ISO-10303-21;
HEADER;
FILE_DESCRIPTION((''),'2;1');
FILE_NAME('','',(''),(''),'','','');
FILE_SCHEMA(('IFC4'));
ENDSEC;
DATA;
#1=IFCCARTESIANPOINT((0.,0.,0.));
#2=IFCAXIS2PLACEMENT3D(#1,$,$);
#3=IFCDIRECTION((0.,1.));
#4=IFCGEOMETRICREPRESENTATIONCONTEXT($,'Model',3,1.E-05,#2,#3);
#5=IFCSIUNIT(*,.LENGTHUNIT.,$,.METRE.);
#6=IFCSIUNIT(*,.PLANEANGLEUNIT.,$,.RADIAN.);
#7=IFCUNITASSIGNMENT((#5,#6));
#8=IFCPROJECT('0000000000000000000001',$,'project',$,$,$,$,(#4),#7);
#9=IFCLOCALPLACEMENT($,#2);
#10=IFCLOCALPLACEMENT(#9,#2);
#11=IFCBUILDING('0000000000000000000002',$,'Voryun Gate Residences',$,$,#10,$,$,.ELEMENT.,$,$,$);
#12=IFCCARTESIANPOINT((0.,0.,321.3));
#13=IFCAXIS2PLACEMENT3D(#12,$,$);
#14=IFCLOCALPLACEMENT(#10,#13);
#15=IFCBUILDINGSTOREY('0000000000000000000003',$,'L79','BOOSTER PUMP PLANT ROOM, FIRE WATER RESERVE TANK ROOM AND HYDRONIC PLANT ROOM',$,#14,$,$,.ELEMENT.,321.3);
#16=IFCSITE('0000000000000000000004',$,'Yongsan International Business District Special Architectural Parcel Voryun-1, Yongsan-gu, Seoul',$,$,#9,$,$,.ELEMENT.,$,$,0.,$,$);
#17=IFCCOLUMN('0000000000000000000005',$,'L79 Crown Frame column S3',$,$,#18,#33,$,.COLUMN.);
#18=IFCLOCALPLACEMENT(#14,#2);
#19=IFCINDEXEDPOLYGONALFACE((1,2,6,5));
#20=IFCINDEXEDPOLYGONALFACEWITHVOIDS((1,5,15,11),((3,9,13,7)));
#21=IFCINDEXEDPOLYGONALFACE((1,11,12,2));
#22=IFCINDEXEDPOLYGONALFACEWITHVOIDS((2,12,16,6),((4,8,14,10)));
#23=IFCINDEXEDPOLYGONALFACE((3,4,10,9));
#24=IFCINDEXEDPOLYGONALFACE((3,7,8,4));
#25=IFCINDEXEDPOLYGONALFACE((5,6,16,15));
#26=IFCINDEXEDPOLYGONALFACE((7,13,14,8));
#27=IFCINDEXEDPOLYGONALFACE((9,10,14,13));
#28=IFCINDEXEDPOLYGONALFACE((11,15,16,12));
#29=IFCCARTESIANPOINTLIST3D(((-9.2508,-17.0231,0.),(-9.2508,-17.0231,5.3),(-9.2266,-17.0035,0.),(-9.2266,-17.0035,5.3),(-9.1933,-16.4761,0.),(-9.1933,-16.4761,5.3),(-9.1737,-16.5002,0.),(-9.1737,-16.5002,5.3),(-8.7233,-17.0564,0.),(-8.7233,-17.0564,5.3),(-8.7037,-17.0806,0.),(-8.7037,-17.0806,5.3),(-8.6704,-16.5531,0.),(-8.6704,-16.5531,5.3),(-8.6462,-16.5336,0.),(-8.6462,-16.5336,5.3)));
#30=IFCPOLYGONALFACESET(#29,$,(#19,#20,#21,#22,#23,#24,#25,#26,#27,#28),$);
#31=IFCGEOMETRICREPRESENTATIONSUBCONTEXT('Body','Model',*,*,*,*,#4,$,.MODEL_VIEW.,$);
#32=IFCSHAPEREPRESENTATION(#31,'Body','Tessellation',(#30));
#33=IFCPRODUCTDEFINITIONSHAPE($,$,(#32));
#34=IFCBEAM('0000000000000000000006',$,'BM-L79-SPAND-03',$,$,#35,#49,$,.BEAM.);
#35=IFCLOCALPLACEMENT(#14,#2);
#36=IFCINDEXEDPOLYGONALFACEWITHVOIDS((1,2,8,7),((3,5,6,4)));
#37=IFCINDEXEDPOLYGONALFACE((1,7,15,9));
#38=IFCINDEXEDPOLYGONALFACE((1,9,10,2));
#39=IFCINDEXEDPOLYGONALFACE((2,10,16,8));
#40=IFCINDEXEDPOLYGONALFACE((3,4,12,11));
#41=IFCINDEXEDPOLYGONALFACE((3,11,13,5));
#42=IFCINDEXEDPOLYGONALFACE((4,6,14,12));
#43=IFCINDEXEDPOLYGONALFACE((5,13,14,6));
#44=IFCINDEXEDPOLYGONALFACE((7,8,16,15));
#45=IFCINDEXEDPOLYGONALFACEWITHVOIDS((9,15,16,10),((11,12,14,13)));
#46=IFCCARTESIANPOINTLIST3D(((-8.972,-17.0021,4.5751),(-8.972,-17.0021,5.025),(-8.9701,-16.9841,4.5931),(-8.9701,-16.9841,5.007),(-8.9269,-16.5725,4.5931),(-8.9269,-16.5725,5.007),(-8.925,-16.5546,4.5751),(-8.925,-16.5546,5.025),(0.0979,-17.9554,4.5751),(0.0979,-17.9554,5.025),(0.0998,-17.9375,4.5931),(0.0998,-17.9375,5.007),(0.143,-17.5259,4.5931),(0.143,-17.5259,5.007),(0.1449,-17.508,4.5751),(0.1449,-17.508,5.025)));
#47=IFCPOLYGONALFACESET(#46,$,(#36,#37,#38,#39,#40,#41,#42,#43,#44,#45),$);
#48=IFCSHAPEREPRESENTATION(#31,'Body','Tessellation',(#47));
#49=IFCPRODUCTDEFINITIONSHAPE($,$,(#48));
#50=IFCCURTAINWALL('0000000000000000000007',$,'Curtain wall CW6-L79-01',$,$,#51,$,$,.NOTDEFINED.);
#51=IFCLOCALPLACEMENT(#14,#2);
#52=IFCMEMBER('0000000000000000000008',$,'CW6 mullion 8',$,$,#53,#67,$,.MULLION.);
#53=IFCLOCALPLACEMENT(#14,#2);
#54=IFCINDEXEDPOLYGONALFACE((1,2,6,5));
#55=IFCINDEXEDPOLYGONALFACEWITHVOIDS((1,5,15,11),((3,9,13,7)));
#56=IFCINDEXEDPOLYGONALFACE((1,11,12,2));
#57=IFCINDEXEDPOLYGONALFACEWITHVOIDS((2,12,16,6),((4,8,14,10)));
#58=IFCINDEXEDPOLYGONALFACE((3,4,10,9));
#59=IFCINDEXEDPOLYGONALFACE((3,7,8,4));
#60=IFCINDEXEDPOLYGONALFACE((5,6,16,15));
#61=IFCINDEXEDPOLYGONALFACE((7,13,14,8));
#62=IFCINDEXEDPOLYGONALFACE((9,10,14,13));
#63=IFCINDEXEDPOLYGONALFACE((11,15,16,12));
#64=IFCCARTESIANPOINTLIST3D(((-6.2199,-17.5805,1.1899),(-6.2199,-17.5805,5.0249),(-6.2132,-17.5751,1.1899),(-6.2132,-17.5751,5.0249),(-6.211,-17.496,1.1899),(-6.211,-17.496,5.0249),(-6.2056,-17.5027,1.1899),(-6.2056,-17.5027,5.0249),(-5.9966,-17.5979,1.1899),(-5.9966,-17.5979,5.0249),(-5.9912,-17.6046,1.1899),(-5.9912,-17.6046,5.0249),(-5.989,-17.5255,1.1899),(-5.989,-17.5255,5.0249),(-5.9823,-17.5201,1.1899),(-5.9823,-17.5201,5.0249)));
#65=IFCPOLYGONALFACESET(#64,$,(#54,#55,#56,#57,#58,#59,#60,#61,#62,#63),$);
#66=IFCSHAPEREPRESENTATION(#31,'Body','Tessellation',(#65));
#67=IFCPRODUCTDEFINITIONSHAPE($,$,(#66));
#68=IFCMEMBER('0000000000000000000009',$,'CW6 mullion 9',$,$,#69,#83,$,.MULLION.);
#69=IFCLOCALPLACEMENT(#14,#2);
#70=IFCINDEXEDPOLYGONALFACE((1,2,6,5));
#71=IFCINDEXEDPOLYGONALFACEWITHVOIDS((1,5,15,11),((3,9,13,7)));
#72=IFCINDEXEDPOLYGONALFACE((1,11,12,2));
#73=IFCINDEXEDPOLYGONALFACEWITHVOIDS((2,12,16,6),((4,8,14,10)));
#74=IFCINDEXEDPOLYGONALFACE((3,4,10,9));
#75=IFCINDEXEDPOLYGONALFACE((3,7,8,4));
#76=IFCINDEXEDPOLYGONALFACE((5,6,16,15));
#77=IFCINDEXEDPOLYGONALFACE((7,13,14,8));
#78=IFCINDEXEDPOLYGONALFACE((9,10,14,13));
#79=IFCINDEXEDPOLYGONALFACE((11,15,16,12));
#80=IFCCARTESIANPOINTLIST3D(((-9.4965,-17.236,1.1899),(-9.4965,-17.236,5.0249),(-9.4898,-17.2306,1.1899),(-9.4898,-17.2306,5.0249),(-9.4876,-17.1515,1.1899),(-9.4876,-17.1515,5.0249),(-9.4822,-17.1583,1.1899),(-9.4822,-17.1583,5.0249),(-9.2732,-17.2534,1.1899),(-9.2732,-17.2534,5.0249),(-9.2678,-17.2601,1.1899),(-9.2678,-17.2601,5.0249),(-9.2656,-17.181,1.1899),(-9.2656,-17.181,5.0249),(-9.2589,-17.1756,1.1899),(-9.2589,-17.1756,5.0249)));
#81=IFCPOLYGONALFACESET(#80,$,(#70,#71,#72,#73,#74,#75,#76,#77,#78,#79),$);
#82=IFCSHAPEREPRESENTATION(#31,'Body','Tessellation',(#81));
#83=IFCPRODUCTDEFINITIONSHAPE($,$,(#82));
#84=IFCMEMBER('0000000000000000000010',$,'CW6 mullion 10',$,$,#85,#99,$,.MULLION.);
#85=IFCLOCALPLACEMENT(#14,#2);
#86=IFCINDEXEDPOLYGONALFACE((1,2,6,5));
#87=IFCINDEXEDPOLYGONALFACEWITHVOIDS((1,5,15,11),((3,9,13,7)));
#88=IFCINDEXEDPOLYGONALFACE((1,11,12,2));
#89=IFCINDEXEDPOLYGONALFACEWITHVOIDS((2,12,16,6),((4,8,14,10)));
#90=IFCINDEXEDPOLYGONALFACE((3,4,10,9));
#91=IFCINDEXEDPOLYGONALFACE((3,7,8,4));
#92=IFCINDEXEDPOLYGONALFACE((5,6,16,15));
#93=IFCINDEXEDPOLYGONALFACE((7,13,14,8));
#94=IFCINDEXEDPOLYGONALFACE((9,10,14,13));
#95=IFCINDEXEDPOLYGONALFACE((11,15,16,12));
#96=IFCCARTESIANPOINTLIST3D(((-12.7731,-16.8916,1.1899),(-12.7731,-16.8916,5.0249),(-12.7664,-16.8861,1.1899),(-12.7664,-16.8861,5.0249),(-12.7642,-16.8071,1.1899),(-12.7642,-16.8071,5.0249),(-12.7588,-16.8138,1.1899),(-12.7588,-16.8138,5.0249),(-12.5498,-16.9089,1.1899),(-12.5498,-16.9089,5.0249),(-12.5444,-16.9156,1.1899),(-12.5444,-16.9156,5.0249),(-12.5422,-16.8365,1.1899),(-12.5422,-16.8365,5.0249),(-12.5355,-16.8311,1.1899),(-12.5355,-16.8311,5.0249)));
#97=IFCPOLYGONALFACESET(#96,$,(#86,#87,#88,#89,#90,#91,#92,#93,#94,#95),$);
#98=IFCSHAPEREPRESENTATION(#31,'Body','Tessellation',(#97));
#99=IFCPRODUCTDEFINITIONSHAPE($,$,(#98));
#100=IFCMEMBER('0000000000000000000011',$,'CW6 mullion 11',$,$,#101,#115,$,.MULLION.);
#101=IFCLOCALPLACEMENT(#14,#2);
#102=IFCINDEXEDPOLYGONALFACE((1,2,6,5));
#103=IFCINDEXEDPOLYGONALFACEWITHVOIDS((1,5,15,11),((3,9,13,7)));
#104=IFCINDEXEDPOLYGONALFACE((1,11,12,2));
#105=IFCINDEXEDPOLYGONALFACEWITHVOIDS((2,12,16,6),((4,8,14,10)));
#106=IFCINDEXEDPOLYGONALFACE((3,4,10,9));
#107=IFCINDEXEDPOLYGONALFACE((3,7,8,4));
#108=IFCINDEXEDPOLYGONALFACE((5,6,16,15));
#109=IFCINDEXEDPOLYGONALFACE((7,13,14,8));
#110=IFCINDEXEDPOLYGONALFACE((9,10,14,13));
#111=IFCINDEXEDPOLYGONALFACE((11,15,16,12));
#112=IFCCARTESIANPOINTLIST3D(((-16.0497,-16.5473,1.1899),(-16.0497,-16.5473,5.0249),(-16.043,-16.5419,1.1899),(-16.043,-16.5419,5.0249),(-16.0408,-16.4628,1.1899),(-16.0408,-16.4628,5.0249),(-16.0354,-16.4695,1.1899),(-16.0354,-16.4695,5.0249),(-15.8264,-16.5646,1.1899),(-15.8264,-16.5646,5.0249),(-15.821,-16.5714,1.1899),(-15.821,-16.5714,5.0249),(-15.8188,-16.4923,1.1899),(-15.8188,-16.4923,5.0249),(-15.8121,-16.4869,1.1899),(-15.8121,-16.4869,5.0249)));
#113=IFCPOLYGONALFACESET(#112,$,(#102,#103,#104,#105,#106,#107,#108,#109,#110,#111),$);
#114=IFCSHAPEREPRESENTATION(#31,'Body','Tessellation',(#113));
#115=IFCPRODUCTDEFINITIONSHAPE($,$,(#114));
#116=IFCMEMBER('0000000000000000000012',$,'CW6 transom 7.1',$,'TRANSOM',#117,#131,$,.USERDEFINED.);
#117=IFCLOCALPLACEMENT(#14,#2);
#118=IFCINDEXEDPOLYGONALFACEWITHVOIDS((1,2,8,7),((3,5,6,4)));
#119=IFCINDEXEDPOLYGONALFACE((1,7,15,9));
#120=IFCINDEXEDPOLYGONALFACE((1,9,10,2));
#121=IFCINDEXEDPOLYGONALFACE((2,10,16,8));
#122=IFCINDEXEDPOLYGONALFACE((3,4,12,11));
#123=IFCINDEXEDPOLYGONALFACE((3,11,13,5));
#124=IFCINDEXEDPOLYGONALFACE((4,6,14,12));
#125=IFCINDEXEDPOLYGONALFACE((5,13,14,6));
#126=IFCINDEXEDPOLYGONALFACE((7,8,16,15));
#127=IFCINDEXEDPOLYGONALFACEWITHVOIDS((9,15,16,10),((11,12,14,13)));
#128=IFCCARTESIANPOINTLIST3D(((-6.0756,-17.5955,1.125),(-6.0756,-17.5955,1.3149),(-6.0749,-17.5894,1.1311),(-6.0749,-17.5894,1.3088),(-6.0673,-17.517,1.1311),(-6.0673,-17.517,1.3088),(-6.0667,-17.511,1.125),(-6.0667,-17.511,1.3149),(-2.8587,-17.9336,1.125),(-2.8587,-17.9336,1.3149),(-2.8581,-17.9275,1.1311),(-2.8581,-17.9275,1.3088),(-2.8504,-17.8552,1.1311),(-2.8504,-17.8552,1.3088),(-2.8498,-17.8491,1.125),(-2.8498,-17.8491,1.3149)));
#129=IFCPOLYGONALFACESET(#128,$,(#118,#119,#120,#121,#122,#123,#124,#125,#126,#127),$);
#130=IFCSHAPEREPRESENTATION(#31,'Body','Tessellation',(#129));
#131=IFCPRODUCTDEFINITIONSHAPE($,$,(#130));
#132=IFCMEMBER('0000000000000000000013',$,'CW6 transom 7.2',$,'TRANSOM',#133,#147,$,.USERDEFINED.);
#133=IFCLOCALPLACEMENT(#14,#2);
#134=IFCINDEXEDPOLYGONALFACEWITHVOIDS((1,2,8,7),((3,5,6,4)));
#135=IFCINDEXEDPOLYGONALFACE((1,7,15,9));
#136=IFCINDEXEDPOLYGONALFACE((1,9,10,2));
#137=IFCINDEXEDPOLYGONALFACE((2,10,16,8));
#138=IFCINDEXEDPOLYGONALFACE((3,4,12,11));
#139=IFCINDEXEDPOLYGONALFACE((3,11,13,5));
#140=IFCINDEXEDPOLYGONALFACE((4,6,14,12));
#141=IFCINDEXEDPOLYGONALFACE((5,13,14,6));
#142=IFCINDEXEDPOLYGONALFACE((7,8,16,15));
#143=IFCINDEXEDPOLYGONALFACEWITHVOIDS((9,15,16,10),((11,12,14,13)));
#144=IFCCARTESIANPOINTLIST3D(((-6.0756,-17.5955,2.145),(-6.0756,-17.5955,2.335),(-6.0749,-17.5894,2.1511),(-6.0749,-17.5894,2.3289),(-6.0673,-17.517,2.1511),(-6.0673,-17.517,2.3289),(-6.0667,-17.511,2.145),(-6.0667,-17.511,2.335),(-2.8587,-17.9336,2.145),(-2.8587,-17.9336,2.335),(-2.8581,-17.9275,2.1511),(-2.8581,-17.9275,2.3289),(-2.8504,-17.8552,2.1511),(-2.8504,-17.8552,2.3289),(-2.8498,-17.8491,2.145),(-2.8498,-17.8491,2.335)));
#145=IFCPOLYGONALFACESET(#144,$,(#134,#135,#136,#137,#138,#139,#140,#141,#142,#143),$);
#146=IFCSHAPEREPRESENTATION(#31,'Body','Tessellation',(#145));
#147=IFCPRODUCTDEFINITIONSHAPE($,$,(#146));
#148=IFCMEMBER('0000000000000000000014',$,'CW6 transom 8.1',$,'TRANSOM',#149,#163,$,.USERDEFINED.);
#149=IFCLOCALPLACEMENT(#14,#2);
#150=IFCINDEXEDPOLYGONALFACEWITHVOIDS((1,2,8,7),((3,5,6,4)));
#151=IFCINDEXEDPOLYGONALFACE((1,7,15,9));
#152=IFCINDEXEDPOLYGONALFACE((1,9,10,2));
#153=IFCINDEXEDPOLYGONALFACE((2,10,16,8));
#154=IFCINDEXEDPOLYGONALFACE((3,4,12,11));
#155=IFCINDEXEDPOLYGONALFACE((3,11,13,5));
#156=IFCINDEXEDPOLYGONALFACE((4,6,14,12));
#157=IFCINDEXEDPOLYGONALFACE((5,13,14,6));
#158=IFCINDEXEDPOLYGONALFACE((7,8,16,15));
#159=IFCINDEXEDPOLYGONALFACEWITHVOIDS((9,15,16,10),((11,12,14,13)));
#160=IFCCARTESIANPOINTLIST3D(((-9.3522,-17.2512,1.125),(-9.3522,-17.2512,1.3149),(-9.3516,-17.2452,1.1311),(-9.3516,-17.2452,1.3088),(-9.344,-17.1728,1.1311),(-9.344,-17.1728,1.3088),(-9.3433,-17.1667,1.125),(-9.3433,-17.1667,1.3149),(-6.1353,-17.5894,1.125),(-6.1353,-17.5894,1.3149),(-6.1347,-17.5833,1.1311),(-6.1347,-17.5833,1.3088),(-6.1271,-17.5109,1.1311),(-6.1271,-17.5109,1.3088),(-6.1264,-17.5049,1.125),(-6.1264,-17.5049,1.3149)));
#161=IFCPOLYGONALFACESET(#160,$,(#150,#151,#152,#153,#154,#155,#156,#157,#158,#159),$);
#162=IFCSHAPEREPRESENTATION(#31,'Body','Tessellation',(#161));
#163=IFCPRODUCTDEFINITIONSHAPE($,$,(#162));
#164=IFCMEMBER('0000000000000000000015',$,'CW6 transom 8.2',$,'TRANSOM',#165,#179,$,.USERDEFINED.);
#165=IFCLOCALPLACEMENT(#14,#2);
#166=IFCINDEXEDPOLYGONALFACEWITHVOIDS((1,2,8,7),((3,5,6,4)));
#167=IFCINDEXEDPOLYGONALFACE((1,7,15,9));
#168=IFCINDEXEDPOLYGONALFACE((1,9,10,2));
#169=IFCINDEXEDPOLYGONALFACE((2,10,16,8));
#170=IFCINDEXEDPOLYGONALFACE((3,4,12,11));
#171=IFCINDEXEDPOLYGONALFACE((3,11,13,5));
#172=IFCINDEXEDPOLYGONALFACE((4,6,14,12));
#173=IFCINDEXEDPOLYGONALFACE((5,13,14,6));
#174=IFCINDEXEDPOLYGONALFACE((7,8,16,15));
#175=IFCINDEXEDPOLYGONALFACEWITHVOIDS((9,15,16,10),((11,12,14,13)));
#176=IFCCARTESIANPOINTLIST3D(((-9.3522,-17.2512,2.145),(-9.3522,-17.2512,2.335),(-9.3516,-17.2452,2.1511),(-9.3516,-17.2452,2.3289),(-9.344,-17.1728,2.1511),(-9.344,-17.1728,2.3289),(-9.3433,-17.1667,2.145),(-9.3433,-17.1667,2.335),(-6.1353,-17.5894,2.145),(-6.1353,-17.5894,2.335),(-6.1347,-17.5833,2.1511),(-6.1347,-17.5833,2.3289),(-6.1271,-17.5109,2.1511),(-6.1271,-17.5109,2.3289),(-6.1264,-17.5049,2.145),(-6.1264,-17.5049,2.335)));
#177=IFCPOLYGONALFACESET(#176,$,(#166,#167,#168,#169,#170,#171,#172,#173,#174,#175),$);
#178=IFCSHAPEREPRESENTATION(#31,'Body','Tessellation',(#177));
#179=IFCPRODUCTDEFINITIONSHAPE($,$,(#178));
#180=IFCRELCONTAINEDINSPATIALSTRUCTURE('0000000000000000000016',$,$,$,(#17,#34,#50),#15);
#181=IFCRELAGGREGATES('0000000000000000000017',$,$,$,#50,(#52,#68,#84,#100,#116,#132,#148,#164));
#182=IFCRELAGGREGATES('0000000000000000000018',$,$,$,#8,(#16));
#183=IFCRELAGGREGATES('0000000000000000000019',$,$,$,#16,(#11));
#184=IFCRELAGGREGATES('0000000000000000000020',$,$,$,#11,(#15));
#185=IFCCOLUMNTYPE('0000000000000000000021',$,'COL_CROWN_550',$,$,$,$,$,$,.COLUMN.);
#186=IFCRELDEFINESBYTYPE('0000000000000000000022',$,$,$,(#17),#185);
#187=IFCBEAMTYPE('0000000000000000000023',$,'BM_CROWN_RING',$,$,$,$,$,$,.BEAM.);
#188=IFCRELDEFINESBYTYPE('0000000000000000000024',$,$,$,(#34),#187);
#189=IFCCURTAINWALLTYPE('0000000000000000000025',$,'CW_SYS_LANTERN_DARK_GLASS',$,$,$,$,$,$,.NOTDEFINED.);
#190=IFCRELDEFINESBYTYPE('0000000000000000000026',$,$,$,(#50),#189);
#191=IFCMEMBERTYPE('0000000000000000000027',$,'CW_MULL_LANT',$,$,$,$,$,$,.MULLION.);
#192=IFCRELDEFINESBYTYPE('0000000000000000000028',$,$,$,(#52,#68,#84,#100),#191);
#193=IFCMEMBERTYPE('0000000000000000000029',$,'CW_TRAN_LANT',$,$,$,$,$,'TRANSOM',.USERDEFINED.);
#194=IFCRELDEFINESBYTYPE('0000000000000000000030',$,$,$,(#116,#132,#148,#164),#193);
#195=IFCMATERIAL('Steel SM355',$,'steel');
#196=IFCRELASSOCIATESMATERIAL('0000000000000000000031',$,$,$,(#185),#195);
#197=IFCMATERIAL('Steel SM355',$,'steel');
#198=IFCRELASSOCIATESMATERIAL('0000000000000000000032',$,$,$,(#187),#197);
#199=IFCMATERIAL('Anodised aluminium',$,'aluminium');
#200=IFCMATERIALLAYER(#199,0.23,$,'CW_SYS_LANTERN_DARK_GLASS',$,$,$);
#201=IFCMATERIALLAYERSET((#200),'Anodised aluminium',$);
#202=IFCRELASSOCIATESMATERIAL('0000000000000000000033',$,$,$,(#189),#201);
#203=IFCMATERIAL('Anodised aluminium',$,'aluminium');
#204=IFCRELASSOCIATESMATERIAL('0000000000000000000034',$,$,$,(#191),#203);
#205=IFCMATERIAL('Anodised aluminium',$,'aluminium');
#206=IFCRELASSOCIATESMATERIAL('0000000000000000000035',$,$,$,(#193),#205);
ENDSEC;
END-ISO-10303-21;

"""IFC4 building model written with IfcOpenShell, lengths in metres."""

from ifc_helpers import new_model, si_unit, direction, frame, origin, origin_2d, place, context, subcontext, project, spatial, hollow_rectangle, extrude, material, layer, layer_set, material_profile, profile_set, type_object, element, aggregate, save


model = new_model("IFC4")

# Units and contexts
model_context = context("Model", 3, precision=1e-05, world=origin(), true_north=direction((0.0, 1.0)))
body_context = subcontext(model_context, "Body", "Model", "MODEL_VIEW")
ifc_project = project(units=[si_unit("LENGTHUNIT", "METRE"), si_unit("PLANEANGLEUNIT", "RADIAN")], contexts=[model_context])

# Site, building, storey
site_placement = place(None, origin())
site = spatial("IfcSite", under=ifc_project, at=site_placement, Name="Yongsan International Business District Special Architectural Parcel Voryun-1, Yongsan-gu, Seoul", CompositionType="ELEMENT", RefElevation=0.0)
building_placement = place(site_placement, origin())
building = spatial("IfcBuilding", under=site, at=building_placement, Name="Voryun Gate Residences", CompositionType="ELEMENT")
storey_placement = place(building_placement, frame((0.0, 0.0, 321.3)))
storey = spatial("IfcBuildingStorey", under=building, at=storey_placement, Name="L79", Description="BOOSTER PUMP PLANT ROOM, FIRE WATER RESERVE TANK ROOM AND HYDRONIC PLANT ROOM", CompositionType="ELEMENT", Elevation=321.3)

# Column
ifc_material_1 = material(Name="Steel SM355", Category="steel")
ifc_material_profile_1 = material_profile(ifc_material_1, hollow_rectangle(XDim=0.55, YDim=0.55, WallThickness=0.022, at=origin_2d()), Name="BOX-550x550x22")
ifc_profile_set_1 = profile_set([ifc_material_profile_1], Name="Steel SM355")
column_type = type_object("IfcColumnType", Name="COL_CROWN_550", PredefinedType="COLUMN", material=ifc_profile_set_1)
column_placement = place(storey_placement, frame((-8.9485, -16.7783, 0.0), z_axis=(0.0, 0.0, 1.0), x_axis=(0.994522, -0.104528, 0.0)))
element("IfcColumn", 1, at=column_placement, inside=storey, type_object=column_type, Name="L79 Crown Frame column S3", PredefinedType="COLUMN", context=body_context, shape_type="SweptSolid", body=[
    extrude(hollow_rectangle(XDim=0.55, YDim=0.55, WallThickness=0.022, at=origin_2d()), origin(), (0.0, 0.0, 1.0), 5.3),
])

# Beam
ifc_material_2 = material(Name="Steel SM355", Category="steel")
ifc_material_profile_2 = material_profile(ifc_material_2, hollow_rectangle(XDim=0.45, YDim=0.45, WallThickness=0.0181, at=origin_2d()), Name="BOX-450x450x18")
ifc_profile_set_2 = profile_set([ifc_material_profile_2], Name="Steel SM355")
beam_type = type_object("IfcBeamType", Name="BM_CROWN_RING", PredefinedType="BEAM", material=ifc_profile_set_2)
beam_placement = place(storey_placement, frame((-8.9485, -16.7783, 4.8), z_axis=(0.994521, -0.104538, 0.0), x_axis=(0.104538, 0.994521, 0.0)))
element("IfcBeam", 2, at=beam_placement, inside=storey, type_object=beam_type, Name="BM-L79-SPAND-03", PredefinedType="BEAM", context=body_context, shape_type="SweptSolid", body=[
    extrude(hollow_rectangle(XDim=0.45, YDim=0.45, WallThickness=0.0181, at=origin_2d()), origin(), (0.0, 0.0, 1.0), 9.1199),
])

# Curtain wall, members
ifc_material_3 = material(Name="Anodised aluminium", Category="aluminium")
ifc_layer_1 = layer(ifc_material_3, 0.23, Name="CW_SYS_LANTERN_DARK_GLASS")
ifc_layer_set_1 = layer_set([ifc_layer_1], Name="Anodised aluminium")
curtain_wall_type = type_object("IfcCurtainWallType", Name="CW_SYS_LANTERN_DARK_GLASS", PredefinedType="NOTDEFINED", material=ifc_layer_set_1)
curtain_wall_placement = place(storey_placement, origin())
curtain_wall = element("IfcCurtainWall", 3, at=curtain_wall_placement, inside=storey, type_object=curtain_wall_type, Name="Curtain wall CW6-L79-01", PredefinedType="NOTDEFINED")
ifc_material_4 = material(Name="Anodised aluminium", Category="aluminium")
ifc_material_profile_3 = material_profile(ifc_material_4, hollow_rectangle(XDim=0.085, YDim=0.23, WallThickness=0.0061, at=origin_2d()), Name="ALU-MULL-230x85x6")
ifc_profile_set_3 = profile_set([ifc_material_profile_3], Name="Anodised aluminium")
member_type_1 = type_object("IfcMemberType", Name="CW_MULL_LANT", PredefinedType="MULLION", material=ifc_profile_set_3)
member_1_placement = place(storey_placement, frame((-6.1011, -17.5503, 1.1899), z_axis=(0.0, 0.0, 1.0), x_axis=(-0.104528, -0.994522, 0.0)))
member_1 = element("IfcMember", 4, at=member_1_placement, type_object=member_type_1, Name="CW6 mullion 8", PredefinedType="MULLION", context=body_context, shape_type="SweptSolid", body=[
    extrude(hollow_rectangle(XDim=0.085, YDim=0.23, WallThickness=0.0061, at=origin_2d()), origin(), (0.0, 0.0, 1.0), 3.835),
])
member_2_placement = place(storey_placement, frame((-9.3777, -17.2058, 1.1899), z_axis=(0.0, 0.0, 1.0), x_axis=(-0.104528, -0.994522, 0.0)))
member_2 = element("IfcMember", 5, at=member_2_placement, type_object=member_type_1, Name="CW6 mullion 9", PredefinedType="MULLION", context=body_context, shape_type="SweptSolid", body=[
    extrude(hollow_rectangle(XDim=0.085, YDim=0.23, WallThickness=0.0061, at=origin_2d()), origin(), (0.0, 0.0, 1.0), 3.835),
])
member_3_placement = place(storey_placement, frame((-12.6543, -16.8613, 1.1899), z_axis=(0.0, 0.0, 1.0), x_axis=(-0.104528, -0.994522, 0.0)))
member_3 = element("IfcMember", 6, at=member_3_placement, type_object=member_type_1, Name="CW6 mullion 10", PredefinedType="MULLION", context=body_context, shape_type="SweptSolid", body=[
    extrude(hollow_rectangle(XDim=0.085, YDim=0.23, WallThickness=0.0061, at=origin_2d()), origin(), (0.0, 0.0, 1.0), 3.835),
])
member_4_placement = place(storey_placement, frame((-15.9309, -16.5171, 1.1899), z_axis=(0.0, 0.0, 1.0), x_axis=(-0.104528, -0.994522, 0.0)))
member_4 = element("IfcMember", 7, at=member_4_placement, type_object=member_type_1, Name="CW6 mullion 11", PredefinedType="MULLION", context=body_context, shape_type="SweptSolid", body=[
    extrude(hollow_rectangle(XDim=0.085, YDim=0.23, WallThickness=0.0061, at=origin_2d()), origin(), (0.0, 0.0, 1.0), 3.835),
])
ifc_material_5 = material(Name="Anodised aluminium", Category="aluminium")
ifc_material_profile_4 = material_profile(ifc_material_5, hollow_rectangle(XDim=0.085, YDim=0.1899, WallThickness=0.0061, at=origin_2d()), Name="ALU-TRAN-190x85x6")
ifc_profile_set_4 = profile_set([ifc_material_profile_4], Name="Anodised aluminium")
member_type_2 = type_object("IfcMemberType", Name="CW_TRAN_LANT", ElementType="TRANSOM", PredefinedType="USERDEFINED", material=ifc_profile_set_4)
member_5_placement = place(storey_placement, frame((-2.8542, -17.8914, 1.22), z_axis=(-0.994521, 0.104539, 0.0), x_axis=(-0.104539, -0.994521, 0.0)))
member_5 = element("IfcMember", 8, at=member_5_placement, type_object=member_type_2, Name="CW6 transom 7.1", ObjectType="TRANSOM", PredefinedType="USERDEFINED", context=body_context, shape_type="SweptSolid", body=[
    extrude(hollow_rectangle(XDim=0.085, YDim=0.1899, WallThickness=0.0061, at=origin_2d()), origin(), (0.0, 0.0, 1.0), 3.2346),
])
member_6_placement = place(storey_placement, frame((-2.8542, -17.8914, 2.24), z_axis=(-0.994521, 0.104539, 0.0), x_axis=(-0.104539, -0.994521, 0.0)))
member_6 = element("IfcMember", 9, at=member_6_placement, type_object=member_type_2, Name="CW6 transom 7.2", ObjectType="TRANSOM", PredefinedType="USERDEFINED", context=body_context, shape_type="SweptSolid", body=[
    extrude(hollow_rectangle(XDim=0.085, YDim=0.1899, WallThickness=0.0061, at=origin_2d()), origin(), (0.0, 0.0, 1.0), 3.2346),
])
member_7_placement = place(storey_placement, frame((-6.1309, -17.5471, 1.22), z_axis=(-0.994521, 0.104539, 0.0), x_axis=(-0.104539, -0.994521, 0.0)))
member_7 = element("IfcMember", 10, at=member_7_placement, type_object=member_type_2, Name="CW6 transom 8.1", ObjectType="TRANSOM", PredefinedType="USERDEFINED", context=body_context, shape_type="SweptSolid", body=[
    extrude(hollow_rectangle(XDim=0.085, YDim=0.1899, WallThickness=0.0061, at=origin_2d()), origin(), (0.0, 0.0, 1.0), 3.2346),
])
member_8_placement = place(storey_placement, frame((-6.1309, -17.5471, 2.24), z_axis=(-0.994521, 0.104539, 0.0), x_axis=(-0.104539, -0.994521, 0.0)))
member_8 = element("IfcMember", 11, at=member_8_placement, type_object=member_type_2, Name="CW6 transom 8.2", ObjectType="TRANSOM", PredefinedType="USERDEFINED", context=body_context, shape_type="SweptSolid", body=[
    extrude(hollow_rectangle(XDim=0.085, YDim=0.1899, WallThickness=0.0061, at=origin_2d()), origin(), (0.0, 0.0, 1.0), 3.2346),
])

aggregate(curtain_wall, [member_1, member_2, member_3, member_4, member_5, member_6, member_7, member_8])

save(model, "model.ifc")
